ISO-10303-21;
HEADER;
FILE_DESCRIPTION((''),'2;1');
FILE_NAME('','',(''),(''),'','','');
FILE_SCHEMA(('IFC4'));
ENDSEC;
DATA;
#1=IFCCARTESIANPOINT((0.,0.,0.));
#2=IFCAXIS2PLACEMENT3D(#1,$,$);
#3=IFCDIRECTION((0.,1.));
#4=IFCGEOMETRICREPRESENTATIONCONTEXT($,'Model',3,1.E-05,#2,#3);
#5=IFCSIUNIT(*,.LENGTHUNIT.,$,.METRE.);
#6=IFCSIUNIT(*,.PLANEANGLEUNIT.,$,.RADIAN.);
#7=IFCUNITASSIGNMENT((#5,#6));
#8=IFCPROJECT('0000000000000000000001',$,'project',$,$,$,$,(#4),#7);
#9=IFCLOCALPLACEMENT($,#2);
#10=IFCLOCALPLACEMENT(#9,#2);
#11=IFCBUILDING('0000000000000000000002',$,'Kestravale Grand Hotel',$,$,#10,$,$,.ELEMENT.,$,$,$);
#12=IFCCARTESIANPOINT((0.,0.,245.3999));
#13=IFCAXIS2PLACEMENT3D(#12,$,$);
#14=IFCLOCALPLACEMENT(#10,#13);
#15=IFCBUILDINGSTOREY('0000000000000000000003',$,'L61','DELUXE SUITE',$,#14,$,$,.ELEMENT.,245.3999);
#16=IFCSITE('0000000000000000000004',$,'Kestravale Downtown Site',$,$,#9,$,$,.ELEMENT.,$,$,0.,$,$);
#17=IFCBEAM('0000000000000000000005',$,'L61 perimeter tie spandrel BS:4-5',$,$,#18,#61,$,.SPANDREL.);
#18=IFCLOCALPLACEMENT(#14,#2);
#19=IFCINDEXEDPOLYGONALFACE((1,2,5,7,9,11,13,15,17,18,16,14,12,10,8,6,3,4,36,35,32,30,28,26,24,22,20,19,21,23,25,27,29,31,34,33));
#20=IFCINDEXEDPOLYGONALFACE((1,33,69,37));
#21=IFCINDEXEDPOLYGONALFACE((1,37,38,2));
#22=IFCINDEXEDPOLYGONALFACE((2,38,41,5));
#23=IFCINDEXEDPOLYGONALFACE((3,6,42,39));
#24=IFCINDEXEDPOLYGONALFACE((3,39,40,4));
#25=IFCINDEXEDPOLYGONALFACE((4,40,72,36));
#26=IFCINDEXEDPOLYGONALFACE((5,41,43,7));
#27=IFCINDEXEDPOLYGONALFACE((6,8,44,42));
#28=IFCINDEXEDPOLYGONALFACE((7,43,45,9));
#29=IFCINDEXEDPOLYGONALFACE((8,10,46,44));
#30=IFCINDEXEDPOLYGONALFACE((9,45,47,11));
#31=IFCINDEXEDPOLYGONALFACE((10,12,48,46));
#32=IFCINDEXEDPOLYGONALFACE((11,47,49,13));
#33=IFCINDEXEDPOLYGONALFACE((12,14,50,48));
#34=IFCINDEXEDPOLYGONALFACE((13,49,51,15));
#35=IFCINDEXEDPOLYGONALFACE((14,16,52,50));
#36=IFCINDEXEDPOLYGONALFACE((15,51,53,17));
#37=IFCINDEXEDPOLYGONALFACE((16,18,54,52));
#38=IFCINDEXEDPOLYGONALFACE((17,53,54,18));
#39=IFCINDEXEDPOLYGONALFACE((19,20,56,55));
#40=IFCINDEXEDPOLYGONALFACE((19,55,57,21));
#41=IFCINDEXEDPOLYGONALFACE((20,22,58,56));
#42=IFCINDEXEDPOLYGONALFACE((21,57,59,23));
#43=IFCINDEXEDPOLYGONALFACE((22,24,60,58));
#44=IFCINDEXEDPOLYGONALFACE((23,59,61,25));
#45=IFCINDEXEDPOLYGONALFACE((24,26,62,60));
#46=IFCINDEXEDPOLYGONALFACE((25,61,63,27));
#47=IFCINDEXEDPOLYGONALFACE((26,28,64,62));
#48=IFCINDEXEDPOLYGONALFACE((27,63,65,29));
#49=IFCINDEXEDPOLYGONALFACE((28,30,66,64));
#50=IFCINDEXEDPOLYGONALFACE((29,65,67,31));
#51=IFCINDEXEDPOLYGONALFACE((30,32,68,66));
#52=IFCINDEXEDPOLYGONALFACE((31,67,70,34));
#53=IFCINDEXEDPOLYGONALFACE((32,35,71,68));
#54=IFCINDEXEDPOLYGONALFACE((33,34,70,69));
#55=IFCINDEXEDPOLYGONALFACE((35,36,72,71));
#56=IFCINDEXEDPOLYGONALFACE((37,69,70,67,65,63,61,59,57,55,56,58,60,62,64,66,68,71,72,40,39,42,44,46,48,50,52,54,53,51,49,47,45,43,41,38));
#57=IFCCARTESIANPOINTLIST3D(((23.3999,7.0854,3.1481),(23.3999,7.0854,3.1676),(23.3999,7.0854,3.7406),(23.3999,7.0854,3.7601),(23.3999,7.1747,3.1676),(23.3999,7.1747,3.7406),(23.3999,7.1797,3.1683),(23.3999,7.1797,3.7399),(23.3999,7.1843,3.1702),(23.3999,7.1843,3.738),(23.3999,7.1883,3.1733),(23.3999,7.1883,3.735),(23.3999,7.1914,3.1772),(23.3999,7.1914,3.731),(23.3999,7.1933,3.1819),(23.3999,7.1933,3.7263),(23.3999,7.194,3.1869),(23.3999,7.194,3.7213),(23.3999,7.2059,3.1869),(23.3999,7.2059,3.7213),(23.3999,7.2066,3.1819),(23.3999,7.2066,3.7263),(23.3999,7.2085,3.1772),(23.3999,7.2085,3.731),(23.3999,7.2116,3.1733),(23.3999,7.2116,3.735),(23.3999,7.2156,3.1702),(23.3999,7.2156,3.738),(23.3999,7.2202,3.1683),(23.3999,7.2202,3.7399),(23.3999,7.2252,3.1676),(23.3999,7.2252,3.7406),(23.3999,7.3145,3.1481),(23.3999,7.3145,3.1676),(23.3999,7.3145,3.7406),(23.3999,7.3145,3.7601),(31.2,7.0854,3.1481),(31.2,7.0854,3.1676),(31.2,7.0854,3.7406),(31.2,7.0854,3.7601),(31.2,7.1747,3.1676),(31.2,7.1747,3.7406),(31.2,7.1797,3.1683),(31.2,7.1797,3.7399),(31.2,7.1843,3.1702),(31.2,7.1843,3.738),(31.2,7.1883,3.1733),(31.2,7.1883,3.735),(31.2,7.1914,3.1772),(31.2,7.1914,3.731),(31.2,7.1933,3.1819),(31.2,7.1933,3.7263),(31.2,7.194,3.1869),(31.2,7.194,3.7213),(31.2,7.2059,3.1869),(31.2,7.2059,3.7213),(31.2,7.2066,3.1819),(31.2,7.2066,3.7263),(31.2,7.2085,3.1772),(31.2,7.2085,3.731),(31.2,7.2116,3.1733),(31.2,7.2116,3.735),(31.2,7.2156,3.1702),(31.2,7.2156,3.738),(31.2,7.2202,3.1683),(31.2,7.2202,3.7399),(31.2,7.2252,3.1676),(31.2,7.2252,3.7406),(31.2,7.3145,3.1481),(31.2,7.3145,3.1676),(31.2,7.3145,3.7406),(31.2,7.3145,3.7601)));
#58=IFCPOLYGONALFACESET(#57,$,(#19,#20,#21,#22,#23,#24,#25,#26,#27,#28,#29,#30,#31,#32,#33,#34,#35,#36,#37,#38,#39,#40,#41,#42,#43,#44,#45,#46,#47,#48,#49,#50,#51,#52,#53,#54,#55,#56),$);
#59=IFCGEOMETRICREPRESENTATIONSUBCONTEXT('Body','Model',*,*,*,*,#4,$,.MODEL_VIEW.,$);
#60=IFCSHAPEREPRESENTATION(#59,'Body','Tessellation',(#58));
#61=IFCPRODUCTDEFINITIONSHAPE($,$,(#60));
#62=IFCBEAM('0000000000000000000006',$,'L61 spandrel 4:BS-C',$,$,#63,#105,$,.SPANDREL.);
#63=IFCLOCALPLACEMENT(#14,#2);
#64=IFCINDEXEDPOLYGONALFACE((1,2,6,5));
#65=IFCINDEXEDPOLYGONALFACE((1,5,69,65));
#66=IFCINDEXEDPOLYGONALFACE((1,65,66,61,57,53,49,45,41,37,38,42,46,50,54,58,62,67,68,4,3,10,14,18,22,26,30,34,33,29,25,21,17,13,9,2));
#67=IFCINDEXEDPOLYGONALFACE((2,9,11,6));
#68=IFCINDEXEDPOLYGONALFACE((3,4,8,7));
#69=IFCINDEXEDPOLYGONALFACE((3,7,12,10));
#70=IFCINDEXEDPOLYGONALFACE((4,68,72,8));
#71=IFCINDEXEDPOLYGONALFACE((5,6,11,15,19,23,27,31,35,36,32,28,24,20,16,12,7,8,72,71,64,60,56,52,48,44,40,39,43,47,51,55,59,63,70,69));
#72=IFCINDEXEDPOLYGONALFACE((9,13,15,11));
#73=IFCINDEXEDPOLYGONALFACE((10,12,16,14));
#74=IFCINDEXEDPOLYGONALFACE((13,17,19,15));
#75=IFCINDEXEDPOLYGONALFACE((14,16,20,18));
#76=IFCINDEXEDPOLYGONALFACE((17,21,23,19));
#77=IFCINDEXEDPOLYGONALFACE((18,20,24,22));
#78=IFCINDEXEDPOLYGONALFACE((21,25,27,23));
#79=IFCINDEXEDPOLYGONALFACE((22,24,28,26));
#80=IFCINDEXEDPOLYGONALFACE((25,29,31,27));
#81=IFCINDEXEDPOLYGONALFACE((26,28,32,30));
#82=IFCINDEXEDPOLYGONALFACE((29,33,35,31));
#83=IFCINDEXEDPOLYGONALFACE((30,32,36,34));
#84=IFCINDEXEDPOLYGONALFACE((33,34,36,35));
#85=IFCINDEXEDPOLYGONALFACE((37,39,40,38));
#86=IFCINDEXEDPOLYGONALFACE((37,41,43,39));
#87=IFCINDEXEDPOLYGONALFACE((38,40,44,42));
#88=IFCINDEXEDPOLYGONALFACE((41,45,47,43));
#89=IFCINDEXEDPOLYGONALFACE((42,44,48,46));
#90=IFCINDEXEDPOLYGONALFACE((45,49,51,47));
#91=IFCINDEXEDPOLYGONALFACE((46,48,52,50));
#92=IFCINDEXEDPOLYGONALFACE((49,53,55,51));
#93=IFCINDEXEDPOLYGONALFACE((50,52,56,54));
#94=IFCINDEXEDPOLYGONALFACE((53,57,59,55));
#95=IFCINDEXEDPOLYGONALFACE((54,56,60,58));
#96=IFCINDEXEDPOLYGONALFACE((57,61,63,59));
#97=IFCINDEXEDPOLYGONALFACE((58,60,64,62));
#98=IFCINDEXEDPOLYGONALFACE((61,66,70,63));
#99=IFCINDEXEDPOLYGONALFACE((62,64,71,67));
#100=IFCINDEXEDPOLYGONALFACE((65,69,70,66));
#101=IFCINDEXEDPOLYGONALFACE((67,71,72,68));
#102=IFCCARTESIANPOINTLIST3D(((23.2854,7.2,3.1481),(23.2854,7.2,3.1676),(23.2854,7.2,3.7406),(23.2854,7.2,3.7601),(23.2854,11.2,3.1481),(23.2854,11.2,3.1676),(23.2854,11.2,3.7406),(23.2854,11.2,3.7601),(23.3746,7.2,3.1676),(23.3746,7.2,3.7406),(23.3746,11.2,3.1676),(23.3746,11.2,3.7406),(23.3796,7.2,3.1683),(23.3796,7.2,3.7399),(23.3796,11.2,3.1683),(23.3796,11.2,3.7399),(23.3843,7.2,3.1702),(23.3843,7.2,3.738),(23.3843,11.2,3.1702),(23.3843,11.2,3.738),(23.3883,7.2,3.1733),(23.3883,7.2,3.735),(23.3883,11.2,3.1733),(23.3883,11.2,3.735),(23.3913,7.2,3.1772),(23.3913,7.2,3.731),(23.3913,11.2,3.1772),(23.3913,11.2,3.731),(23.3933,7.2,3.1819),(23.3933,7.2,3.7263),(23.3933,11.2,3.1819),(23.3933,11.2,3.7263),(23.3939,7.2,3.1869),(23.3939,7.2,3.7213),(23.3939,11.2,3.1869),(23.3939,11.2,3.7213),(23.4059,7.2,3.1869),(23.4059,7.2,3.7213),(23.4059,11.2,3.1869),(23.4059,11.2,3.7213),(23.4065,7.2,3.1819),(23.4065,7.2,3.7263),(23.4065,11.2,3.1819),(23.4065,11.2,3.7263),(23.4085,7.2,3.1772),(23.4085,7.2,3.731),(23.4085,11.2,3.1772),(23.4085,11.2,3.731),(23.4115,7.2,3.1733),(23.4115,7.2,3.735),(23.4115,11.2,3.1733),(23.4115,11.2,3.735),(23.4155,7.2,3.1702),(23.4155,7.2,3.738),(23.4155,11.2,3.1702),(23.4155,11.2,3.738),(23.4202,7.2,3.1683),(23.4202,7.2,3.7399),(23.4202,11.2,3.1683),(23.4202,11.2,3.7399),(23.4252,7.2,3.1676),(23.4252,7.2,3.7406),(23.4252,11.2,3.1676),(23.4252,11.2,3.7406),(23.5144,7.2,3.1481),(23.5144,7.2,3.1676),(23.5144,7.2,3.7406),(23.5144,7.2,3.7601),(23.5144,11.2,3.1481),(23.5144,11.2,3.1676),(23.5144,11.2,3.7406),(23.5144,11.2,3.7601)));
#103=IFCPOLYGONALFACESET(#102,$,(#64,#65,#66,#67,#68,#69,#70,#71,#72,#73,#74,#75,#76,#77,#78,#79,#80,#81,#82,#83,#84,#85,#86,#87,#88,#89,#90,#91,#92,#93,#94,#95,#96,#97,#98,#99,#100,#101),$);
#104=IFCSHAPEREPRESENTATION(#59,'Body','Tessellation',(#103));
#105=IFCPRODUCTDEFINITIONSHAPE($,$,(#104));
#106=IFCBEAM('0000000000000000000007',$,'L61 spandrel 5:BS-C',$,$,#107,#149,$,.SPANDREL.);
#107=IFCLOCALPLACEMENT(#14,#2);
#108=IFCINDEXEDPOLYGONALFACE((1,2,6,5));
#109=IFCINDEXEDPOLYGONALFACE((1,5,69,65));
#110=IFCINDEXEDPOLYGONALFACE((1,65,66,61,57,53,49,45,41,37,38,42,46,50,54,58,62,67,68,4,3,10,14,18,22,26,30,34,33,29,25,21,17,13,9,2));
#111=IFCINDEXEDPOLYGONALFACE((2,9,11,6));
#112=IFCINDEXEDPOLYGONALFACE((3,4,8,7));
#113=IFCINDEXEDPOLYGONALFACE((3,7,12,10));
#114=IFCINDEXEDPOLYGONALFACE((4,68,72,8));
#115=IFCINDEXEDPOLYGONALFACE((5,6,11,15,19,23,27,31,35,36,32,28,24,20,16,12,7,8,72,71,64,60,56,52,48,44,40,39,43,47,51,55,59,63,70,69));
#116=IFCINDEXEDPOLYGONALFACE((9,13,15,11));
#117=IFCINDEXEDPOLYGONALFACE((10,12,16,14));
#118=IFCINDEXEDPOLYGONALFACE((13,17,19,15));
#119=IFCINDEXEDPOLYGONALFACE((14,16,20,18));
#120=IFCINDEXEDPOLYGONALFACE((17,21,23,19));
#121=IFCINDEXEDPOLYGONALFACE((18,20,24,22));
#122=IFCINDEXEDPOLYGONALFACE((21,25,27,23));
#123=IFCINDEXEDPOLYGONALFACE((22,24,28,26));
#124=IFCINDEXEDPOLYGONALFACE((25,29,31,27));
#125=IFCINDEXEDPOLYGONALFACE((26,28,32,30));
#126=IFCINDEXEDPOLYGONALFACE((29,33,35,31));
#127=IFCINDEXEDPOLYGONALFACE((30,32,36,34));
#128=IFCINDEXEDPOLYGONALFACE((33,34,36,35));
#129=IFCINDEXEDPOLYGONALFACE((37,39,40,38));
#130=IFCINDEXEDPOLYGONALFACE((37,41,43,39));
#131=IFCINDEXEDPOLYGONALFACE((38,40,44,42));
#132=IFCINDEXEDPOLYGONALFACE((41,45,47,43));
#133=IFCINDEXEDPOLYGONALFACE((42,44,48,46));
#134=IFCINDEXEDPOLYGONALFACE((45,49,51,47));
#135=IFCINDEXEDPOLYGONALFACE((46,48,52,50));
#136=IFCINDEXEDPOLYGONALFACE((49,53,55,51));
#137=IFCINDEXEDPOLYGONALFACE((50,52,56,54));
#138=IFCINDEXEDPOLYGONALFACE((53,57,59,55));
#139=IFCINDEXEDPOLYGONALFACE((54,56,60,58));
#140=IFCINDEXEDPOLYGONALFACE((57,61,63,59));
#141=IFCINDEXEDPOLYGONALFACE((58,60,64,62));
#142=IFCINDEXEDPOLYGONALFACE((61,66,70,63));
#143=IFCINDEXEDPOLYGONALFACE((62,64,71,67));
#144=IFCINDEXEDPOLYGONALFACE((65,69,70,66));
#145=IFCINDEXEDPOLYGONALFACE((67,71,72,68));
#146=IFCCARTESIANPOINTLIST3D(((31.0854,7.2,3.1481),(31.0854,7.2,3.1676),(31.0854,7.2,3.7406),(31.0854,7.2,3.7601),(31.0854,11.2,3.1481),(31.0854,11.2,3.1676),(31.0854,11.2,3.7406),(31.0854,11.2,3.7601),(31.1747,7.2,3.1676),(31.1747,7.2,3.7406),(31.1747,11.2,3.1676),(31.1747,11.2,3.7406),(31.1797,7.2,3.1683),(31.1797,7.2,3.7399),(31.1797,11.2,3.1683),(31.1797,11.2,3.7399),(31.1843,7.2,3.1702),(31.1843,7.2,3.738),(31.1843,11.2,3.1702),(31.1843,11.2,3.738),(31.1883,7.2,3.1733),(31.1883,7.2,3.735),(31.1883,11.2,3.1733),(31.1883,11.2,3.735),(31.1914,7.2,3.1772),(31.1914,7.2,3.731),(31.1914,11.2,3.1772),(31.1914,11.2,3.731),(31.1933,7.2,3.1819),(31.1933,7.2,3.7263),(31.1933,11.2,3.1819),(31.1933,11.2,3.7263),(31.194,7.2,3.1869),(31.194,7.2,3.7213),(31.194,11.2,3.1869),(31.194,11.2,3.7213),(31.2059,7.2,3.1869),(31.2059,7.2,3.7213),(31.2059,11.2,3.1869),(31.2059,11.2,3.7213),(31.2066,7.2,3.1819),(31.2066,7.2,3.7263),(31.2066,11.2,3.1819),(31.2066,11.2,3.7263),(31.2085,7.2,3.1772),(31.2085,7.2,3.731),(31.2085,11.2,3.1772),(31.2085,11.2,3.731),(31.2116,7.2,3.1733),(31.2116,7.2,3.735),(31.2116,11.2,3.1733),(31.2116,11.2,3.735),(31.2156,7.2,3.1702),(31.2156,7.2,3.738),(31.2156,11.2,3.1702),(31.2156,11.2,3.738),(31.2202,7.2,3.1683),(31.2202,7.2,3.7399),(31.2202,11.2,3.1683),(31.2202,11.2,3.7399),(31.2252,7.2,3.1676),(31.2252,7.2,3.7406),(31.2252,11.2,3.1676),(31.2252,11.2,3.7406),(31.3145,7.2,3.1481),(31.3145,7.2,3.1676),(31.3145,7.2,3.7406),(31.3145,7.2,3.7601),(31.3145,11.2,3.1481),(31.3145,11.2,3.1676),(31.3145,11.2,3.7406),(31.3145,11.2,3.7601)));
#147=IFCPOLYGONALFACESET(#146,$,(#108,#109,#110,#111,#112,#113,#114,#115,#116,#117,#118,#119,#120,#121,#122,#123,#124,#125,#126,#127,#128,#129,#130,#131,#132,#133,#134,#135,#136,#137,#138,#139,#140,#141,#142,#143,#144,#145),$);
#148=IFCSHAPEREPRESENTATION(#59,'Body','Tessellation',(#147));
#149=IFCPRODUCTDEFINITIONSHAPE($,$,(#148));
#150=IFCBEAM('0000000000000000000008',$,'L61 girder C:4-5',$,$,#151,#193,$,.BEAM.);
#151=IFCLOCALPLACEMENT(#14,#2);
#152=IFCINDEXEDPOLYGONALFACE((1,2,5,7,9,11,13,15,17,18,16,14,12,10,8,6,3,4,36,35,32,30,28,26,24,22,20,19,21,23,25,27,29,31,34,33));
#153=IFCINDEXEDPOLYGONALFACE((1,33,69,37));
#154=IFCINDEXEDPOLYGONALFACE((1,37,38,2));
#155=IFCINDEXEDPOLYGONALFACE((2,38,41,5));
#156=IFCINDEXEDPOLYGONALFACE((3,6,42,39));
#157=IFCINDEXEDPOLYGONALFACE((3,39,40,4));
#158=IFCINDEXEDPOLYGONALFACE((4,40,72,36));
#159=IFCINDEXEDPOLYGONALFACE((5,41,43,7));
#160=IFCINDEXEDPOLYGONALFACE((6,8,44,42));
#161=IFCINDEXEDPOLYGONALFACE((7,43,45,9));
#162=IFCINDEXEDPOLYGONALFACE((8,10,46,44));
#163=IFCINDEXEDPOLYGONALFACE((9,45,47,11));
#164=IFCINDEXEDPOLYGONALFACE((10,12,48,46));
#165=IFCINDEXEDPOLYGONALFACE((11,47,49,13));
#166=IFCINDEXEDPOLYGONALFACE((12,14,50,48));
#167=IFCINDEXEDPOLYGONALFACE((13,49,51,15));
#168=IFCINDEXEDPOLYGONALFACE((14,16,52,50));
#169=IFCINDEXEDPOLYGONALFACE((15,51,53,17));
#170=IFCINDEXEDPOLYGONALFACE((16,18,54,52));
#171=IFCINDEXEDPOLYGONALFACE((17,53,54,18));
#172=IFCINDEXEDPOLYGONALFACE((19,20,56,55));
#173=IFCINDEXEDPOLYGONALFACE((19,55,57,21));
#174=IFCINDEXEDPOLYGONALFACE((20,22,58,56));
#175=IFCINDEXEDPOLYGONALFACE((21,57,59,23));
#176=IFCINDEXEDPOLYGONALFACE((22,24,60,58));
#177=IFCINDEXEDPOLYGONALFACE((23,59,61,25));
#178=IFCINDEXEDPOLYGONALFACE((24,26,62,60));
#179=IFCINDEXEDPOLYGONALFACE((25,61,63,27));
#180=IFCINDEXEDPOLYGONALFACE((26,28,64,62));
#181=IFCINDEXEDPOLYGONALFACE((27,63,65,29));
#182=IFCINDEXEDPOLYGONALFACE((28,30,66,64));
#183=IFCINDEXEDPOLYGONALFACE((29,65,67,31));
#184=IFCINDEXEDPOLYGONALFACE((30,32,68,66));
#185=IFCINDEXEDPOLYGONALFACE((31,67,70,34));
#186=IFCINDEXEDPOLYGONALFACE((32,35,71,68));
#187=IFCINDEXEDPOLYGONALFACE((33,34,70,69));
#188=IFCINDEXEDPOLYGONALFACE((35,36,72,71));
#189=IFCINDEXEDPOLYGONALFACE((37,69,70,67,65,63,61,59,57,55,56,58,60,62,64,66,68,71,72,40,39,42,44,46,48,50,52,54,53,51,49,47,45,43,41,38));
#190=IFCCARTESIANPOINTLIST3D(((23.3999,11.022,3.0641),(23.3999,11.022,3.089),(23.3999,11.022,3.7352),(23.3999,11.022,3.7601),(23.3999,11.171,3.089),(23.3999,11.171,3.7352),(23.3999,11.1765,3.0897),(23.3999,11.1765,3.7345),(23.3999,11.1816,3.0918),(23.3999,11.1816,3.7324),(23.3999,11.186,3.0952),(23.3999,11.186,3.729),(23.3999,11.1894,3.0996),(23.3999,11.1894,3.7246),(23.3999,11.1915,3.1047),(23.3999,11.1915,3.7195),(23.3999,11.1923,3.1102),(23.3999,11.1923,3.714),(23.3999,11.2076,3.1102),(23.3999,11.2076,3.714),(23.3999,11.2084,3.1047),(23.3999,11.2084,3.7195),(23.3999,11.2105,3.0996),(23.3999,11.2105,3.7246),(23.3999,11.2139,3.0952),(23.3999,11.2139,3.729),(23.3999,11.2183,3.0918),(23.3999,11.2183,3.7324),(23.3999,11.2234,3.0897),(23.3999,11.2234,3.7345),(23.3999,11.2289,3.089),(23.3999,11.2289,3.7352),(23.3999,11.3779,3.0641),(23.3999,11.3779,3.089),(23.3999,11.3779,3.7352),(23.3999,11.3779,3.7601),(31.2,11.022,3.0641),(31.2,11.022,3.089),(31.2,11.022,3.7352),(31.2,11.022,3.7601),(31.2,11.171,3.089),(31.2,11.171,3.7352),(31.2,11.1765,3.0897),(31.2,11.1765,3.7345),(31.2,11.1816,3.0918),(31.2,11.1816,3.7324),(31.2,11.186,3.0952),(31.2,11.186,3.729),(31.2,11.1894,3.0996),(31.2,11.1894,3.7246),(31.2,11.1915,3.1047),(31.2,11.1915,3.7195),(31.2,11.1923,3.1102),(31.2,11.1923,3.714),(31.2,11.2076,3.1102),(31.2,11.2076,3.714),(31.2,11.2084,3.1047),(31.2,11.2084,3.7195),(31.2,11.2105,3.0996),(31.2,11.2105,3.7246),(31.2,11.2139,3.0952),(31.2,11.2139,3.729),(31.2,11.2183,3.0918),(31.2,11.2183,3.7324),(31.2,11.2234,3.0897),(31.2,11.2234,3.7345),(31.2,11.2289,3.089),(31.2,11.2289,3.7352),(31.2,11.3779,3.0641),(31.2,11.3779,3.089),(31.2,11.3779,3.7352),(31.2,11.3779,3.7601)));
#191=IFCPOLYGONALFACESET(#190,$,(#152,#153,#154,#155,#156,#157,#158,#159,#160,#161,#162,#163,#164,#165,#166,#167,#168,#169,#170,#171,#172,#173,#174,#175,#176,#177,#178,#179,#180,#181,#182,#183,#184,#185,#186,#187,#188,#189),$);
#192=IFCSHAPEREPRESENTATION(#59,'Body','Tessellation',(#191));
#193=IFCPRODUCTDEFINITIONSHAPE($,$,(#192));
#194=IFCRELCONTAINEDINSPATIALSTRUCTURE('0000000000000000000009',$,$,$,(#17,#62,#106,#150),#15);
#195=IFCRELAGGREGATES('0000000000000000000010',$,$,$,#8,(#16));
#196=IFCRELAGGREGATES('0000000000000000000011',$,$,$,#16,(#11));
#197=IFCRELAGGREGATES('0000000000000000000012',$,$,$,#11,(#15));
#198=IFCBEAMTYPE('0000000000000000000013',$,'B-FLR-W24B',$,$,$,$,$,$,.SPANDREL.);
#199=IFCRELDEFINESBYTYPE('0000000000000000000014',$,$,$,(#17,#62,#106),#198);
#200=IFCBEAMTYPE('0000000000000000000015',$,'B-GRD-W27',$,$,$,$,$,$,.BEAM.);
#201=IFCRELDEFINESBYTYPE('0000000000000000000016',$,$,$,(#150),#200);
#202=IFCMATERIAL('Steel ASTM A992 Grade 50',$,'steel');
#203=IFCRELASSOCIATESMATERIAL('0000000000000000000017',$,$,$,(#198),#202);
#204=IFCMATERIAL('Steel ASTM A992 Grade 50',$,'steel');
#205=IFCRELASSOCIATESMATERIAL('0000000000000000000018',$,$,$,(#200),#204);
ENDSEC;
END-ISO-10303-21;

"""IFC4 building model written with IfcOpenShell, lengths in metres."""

from ifc_helpers import new_model, si_unit, direction, frame, origin, origin_2d, place, context, subcontext, project, spatial, i_section, extrude, material, material_profile, profile_set, type_object, element, save


model = new_model("IFC4")

# Units and contexts
model_context = context("Model", 3, precision=1e-05, world=origin(), true_north=direction((0.0, 1.0)))
body_context = subcontext(model_context, "Body", "Model", "MODEL_VIEW")
ifc_project = project(units=[si_unit("LENGTHUNIT", "METRE"), si_unit("PLANEANGLEUNIT", "RADIAN")], contexts=[model_context])

# Site, building, storey
site_placement = place(None, origin())
site = spatial("IfcSite", under=ifc_project, at=site_placement, Name="Kestravale Downtown Site", CompositionType="ELEMENT", RefElevation=0.0)
building_placement = place(site_placement, origin())
building = spatial("IfcBuilding", under=site, at=building_placement, Name="Kestravale Grand Hotel", CompositionType="ELEMENT")
storey_placement = place(building_placement, frame((0.0, 0.0, 245.3999)))
storey = spatial("IfcBuildingStorey", under=building, at=storey_placement, Name="L61", Description="DELUXE SUITE", CompositionType="ELEMENT", Elevation=245.3999)

# Beams
ifc_material_1 = material(Name="Steel ASTM A992 Grade 50", Category="steel")
ifc_material_profile_1 = material_profile(ifc_material_1, i_section(OverallWidth=0.229, OverallDepth=0.6121, WebThickness=0.012, FlangeThickness=0.0195, FilletRadius=0.0193, at=origin_2d()))
ifc_profile_set_1 = profile_set([ifc_material_profile_1], Name="Steel ASTM A992 Grade 50")
beam_type_1 = type_object("IfcBeamType", Name="B-FLR-W24B", PredefinedType="SPANDREL", material=ifc_profile_set_1)
beam_1_placement = place(storey_placement, frame((23.3999, 7.2, 3.4541), z_axis=(1.0, 0.0, 0.0), x_axis=(0.0, 1.0, 0.0)))
element("IfcBeam", 1, at=beam_1_placement, inside=storey, type_object=beam_type_1, Name="L61 perimeter tie spandrel BS:4-5", PredefinedType="SPANDREL", context=body_context, shape_type="SweptSolid", body=[
    extrude(i_section(OverallWidth=0.229, OverallDepth=0.6121, WebThickness=0.012, FlangeThickness=0.0195, FilletRadius=0.0193, at=origin_2d()), origin(), (0.0, 0.0, 1.0), 7.8),
])
for number, where, z_axis, x_axis, name in (
    (2, (23.3999, 7.2, 3.4541), (0.0, 1.0, 0.0), (-1.0, 0.0, 0.0), "L61 spandrel 4:BS-C"),
    (3, (31.2, 7.2, 3.4541), (0.0, 1.0, 0.0), (-1.0, 0.0, 0.0), "L61 spandrel 5:BS-C"),
):
    element("IfcBeam", number, at=place(storey_placement, frame(where, z_axis=z_axis, x_axis=x_axis)), inside=storey, type_object=beam_type_1, Name=name, PredefinedType="SPANDREL", context=body_context, shape_type="SweptSolid", body=[
        extrude(i_section(OverallWidth=0.229, OverallDepth=0.6121, WebThickness=0.012, FlangeThickness=0.0195, FilletRadius=0.0193, at=origin_2d()), origin(), (0.0, 0.0, 1.0), 4.0),
    ])
ifc_material_2 = material(Name="Steel ASTM A992 Grade 50", Category="steel")
ifc_material_profile_2 = material_profile(ifc_material_2, i_section(OverallWidth=0.356, OverallDepth=0.696, WebThickness=0.0154, FlangeThickness=0.0249, FilletRadius=0.0212, at=origin_2d()))
ifc_profile_set_2 = profile_set([ifc_material_profile_2], Name="Steel ASTM A992 Grade 50")
beam_type_2 = type_object("IfcBeamType", Name="B-GRD-W27", PredefinedType="BEAM", material=ifc_profile_set_2)
beam_2_placement = place(storey_placement, frame((23.3999, 11.2, 3.4121), z_axis=(1.0, 0.0, 0.0), x_axis=(0.0, 1.0, 0.0)))
element("IfcBeam", 4, at=beam_2_placement, inside=storey, type_object=beam_type_2, Name="L61 girder C:4-5", PredefinedType="BEAM", context=body_context, shape_type="SweptSolid", body=[
    extrude(i_section(OverallWidth=0.356, OverallDepth=0.696, WebThickness=0.0154, FlangeThickness=0.0249, FilletRadius=0.0212, at=origin_2d()), origin(), (0.0, 0.0, 1.0), 7.8),
])

save(model, "model.ifc")
